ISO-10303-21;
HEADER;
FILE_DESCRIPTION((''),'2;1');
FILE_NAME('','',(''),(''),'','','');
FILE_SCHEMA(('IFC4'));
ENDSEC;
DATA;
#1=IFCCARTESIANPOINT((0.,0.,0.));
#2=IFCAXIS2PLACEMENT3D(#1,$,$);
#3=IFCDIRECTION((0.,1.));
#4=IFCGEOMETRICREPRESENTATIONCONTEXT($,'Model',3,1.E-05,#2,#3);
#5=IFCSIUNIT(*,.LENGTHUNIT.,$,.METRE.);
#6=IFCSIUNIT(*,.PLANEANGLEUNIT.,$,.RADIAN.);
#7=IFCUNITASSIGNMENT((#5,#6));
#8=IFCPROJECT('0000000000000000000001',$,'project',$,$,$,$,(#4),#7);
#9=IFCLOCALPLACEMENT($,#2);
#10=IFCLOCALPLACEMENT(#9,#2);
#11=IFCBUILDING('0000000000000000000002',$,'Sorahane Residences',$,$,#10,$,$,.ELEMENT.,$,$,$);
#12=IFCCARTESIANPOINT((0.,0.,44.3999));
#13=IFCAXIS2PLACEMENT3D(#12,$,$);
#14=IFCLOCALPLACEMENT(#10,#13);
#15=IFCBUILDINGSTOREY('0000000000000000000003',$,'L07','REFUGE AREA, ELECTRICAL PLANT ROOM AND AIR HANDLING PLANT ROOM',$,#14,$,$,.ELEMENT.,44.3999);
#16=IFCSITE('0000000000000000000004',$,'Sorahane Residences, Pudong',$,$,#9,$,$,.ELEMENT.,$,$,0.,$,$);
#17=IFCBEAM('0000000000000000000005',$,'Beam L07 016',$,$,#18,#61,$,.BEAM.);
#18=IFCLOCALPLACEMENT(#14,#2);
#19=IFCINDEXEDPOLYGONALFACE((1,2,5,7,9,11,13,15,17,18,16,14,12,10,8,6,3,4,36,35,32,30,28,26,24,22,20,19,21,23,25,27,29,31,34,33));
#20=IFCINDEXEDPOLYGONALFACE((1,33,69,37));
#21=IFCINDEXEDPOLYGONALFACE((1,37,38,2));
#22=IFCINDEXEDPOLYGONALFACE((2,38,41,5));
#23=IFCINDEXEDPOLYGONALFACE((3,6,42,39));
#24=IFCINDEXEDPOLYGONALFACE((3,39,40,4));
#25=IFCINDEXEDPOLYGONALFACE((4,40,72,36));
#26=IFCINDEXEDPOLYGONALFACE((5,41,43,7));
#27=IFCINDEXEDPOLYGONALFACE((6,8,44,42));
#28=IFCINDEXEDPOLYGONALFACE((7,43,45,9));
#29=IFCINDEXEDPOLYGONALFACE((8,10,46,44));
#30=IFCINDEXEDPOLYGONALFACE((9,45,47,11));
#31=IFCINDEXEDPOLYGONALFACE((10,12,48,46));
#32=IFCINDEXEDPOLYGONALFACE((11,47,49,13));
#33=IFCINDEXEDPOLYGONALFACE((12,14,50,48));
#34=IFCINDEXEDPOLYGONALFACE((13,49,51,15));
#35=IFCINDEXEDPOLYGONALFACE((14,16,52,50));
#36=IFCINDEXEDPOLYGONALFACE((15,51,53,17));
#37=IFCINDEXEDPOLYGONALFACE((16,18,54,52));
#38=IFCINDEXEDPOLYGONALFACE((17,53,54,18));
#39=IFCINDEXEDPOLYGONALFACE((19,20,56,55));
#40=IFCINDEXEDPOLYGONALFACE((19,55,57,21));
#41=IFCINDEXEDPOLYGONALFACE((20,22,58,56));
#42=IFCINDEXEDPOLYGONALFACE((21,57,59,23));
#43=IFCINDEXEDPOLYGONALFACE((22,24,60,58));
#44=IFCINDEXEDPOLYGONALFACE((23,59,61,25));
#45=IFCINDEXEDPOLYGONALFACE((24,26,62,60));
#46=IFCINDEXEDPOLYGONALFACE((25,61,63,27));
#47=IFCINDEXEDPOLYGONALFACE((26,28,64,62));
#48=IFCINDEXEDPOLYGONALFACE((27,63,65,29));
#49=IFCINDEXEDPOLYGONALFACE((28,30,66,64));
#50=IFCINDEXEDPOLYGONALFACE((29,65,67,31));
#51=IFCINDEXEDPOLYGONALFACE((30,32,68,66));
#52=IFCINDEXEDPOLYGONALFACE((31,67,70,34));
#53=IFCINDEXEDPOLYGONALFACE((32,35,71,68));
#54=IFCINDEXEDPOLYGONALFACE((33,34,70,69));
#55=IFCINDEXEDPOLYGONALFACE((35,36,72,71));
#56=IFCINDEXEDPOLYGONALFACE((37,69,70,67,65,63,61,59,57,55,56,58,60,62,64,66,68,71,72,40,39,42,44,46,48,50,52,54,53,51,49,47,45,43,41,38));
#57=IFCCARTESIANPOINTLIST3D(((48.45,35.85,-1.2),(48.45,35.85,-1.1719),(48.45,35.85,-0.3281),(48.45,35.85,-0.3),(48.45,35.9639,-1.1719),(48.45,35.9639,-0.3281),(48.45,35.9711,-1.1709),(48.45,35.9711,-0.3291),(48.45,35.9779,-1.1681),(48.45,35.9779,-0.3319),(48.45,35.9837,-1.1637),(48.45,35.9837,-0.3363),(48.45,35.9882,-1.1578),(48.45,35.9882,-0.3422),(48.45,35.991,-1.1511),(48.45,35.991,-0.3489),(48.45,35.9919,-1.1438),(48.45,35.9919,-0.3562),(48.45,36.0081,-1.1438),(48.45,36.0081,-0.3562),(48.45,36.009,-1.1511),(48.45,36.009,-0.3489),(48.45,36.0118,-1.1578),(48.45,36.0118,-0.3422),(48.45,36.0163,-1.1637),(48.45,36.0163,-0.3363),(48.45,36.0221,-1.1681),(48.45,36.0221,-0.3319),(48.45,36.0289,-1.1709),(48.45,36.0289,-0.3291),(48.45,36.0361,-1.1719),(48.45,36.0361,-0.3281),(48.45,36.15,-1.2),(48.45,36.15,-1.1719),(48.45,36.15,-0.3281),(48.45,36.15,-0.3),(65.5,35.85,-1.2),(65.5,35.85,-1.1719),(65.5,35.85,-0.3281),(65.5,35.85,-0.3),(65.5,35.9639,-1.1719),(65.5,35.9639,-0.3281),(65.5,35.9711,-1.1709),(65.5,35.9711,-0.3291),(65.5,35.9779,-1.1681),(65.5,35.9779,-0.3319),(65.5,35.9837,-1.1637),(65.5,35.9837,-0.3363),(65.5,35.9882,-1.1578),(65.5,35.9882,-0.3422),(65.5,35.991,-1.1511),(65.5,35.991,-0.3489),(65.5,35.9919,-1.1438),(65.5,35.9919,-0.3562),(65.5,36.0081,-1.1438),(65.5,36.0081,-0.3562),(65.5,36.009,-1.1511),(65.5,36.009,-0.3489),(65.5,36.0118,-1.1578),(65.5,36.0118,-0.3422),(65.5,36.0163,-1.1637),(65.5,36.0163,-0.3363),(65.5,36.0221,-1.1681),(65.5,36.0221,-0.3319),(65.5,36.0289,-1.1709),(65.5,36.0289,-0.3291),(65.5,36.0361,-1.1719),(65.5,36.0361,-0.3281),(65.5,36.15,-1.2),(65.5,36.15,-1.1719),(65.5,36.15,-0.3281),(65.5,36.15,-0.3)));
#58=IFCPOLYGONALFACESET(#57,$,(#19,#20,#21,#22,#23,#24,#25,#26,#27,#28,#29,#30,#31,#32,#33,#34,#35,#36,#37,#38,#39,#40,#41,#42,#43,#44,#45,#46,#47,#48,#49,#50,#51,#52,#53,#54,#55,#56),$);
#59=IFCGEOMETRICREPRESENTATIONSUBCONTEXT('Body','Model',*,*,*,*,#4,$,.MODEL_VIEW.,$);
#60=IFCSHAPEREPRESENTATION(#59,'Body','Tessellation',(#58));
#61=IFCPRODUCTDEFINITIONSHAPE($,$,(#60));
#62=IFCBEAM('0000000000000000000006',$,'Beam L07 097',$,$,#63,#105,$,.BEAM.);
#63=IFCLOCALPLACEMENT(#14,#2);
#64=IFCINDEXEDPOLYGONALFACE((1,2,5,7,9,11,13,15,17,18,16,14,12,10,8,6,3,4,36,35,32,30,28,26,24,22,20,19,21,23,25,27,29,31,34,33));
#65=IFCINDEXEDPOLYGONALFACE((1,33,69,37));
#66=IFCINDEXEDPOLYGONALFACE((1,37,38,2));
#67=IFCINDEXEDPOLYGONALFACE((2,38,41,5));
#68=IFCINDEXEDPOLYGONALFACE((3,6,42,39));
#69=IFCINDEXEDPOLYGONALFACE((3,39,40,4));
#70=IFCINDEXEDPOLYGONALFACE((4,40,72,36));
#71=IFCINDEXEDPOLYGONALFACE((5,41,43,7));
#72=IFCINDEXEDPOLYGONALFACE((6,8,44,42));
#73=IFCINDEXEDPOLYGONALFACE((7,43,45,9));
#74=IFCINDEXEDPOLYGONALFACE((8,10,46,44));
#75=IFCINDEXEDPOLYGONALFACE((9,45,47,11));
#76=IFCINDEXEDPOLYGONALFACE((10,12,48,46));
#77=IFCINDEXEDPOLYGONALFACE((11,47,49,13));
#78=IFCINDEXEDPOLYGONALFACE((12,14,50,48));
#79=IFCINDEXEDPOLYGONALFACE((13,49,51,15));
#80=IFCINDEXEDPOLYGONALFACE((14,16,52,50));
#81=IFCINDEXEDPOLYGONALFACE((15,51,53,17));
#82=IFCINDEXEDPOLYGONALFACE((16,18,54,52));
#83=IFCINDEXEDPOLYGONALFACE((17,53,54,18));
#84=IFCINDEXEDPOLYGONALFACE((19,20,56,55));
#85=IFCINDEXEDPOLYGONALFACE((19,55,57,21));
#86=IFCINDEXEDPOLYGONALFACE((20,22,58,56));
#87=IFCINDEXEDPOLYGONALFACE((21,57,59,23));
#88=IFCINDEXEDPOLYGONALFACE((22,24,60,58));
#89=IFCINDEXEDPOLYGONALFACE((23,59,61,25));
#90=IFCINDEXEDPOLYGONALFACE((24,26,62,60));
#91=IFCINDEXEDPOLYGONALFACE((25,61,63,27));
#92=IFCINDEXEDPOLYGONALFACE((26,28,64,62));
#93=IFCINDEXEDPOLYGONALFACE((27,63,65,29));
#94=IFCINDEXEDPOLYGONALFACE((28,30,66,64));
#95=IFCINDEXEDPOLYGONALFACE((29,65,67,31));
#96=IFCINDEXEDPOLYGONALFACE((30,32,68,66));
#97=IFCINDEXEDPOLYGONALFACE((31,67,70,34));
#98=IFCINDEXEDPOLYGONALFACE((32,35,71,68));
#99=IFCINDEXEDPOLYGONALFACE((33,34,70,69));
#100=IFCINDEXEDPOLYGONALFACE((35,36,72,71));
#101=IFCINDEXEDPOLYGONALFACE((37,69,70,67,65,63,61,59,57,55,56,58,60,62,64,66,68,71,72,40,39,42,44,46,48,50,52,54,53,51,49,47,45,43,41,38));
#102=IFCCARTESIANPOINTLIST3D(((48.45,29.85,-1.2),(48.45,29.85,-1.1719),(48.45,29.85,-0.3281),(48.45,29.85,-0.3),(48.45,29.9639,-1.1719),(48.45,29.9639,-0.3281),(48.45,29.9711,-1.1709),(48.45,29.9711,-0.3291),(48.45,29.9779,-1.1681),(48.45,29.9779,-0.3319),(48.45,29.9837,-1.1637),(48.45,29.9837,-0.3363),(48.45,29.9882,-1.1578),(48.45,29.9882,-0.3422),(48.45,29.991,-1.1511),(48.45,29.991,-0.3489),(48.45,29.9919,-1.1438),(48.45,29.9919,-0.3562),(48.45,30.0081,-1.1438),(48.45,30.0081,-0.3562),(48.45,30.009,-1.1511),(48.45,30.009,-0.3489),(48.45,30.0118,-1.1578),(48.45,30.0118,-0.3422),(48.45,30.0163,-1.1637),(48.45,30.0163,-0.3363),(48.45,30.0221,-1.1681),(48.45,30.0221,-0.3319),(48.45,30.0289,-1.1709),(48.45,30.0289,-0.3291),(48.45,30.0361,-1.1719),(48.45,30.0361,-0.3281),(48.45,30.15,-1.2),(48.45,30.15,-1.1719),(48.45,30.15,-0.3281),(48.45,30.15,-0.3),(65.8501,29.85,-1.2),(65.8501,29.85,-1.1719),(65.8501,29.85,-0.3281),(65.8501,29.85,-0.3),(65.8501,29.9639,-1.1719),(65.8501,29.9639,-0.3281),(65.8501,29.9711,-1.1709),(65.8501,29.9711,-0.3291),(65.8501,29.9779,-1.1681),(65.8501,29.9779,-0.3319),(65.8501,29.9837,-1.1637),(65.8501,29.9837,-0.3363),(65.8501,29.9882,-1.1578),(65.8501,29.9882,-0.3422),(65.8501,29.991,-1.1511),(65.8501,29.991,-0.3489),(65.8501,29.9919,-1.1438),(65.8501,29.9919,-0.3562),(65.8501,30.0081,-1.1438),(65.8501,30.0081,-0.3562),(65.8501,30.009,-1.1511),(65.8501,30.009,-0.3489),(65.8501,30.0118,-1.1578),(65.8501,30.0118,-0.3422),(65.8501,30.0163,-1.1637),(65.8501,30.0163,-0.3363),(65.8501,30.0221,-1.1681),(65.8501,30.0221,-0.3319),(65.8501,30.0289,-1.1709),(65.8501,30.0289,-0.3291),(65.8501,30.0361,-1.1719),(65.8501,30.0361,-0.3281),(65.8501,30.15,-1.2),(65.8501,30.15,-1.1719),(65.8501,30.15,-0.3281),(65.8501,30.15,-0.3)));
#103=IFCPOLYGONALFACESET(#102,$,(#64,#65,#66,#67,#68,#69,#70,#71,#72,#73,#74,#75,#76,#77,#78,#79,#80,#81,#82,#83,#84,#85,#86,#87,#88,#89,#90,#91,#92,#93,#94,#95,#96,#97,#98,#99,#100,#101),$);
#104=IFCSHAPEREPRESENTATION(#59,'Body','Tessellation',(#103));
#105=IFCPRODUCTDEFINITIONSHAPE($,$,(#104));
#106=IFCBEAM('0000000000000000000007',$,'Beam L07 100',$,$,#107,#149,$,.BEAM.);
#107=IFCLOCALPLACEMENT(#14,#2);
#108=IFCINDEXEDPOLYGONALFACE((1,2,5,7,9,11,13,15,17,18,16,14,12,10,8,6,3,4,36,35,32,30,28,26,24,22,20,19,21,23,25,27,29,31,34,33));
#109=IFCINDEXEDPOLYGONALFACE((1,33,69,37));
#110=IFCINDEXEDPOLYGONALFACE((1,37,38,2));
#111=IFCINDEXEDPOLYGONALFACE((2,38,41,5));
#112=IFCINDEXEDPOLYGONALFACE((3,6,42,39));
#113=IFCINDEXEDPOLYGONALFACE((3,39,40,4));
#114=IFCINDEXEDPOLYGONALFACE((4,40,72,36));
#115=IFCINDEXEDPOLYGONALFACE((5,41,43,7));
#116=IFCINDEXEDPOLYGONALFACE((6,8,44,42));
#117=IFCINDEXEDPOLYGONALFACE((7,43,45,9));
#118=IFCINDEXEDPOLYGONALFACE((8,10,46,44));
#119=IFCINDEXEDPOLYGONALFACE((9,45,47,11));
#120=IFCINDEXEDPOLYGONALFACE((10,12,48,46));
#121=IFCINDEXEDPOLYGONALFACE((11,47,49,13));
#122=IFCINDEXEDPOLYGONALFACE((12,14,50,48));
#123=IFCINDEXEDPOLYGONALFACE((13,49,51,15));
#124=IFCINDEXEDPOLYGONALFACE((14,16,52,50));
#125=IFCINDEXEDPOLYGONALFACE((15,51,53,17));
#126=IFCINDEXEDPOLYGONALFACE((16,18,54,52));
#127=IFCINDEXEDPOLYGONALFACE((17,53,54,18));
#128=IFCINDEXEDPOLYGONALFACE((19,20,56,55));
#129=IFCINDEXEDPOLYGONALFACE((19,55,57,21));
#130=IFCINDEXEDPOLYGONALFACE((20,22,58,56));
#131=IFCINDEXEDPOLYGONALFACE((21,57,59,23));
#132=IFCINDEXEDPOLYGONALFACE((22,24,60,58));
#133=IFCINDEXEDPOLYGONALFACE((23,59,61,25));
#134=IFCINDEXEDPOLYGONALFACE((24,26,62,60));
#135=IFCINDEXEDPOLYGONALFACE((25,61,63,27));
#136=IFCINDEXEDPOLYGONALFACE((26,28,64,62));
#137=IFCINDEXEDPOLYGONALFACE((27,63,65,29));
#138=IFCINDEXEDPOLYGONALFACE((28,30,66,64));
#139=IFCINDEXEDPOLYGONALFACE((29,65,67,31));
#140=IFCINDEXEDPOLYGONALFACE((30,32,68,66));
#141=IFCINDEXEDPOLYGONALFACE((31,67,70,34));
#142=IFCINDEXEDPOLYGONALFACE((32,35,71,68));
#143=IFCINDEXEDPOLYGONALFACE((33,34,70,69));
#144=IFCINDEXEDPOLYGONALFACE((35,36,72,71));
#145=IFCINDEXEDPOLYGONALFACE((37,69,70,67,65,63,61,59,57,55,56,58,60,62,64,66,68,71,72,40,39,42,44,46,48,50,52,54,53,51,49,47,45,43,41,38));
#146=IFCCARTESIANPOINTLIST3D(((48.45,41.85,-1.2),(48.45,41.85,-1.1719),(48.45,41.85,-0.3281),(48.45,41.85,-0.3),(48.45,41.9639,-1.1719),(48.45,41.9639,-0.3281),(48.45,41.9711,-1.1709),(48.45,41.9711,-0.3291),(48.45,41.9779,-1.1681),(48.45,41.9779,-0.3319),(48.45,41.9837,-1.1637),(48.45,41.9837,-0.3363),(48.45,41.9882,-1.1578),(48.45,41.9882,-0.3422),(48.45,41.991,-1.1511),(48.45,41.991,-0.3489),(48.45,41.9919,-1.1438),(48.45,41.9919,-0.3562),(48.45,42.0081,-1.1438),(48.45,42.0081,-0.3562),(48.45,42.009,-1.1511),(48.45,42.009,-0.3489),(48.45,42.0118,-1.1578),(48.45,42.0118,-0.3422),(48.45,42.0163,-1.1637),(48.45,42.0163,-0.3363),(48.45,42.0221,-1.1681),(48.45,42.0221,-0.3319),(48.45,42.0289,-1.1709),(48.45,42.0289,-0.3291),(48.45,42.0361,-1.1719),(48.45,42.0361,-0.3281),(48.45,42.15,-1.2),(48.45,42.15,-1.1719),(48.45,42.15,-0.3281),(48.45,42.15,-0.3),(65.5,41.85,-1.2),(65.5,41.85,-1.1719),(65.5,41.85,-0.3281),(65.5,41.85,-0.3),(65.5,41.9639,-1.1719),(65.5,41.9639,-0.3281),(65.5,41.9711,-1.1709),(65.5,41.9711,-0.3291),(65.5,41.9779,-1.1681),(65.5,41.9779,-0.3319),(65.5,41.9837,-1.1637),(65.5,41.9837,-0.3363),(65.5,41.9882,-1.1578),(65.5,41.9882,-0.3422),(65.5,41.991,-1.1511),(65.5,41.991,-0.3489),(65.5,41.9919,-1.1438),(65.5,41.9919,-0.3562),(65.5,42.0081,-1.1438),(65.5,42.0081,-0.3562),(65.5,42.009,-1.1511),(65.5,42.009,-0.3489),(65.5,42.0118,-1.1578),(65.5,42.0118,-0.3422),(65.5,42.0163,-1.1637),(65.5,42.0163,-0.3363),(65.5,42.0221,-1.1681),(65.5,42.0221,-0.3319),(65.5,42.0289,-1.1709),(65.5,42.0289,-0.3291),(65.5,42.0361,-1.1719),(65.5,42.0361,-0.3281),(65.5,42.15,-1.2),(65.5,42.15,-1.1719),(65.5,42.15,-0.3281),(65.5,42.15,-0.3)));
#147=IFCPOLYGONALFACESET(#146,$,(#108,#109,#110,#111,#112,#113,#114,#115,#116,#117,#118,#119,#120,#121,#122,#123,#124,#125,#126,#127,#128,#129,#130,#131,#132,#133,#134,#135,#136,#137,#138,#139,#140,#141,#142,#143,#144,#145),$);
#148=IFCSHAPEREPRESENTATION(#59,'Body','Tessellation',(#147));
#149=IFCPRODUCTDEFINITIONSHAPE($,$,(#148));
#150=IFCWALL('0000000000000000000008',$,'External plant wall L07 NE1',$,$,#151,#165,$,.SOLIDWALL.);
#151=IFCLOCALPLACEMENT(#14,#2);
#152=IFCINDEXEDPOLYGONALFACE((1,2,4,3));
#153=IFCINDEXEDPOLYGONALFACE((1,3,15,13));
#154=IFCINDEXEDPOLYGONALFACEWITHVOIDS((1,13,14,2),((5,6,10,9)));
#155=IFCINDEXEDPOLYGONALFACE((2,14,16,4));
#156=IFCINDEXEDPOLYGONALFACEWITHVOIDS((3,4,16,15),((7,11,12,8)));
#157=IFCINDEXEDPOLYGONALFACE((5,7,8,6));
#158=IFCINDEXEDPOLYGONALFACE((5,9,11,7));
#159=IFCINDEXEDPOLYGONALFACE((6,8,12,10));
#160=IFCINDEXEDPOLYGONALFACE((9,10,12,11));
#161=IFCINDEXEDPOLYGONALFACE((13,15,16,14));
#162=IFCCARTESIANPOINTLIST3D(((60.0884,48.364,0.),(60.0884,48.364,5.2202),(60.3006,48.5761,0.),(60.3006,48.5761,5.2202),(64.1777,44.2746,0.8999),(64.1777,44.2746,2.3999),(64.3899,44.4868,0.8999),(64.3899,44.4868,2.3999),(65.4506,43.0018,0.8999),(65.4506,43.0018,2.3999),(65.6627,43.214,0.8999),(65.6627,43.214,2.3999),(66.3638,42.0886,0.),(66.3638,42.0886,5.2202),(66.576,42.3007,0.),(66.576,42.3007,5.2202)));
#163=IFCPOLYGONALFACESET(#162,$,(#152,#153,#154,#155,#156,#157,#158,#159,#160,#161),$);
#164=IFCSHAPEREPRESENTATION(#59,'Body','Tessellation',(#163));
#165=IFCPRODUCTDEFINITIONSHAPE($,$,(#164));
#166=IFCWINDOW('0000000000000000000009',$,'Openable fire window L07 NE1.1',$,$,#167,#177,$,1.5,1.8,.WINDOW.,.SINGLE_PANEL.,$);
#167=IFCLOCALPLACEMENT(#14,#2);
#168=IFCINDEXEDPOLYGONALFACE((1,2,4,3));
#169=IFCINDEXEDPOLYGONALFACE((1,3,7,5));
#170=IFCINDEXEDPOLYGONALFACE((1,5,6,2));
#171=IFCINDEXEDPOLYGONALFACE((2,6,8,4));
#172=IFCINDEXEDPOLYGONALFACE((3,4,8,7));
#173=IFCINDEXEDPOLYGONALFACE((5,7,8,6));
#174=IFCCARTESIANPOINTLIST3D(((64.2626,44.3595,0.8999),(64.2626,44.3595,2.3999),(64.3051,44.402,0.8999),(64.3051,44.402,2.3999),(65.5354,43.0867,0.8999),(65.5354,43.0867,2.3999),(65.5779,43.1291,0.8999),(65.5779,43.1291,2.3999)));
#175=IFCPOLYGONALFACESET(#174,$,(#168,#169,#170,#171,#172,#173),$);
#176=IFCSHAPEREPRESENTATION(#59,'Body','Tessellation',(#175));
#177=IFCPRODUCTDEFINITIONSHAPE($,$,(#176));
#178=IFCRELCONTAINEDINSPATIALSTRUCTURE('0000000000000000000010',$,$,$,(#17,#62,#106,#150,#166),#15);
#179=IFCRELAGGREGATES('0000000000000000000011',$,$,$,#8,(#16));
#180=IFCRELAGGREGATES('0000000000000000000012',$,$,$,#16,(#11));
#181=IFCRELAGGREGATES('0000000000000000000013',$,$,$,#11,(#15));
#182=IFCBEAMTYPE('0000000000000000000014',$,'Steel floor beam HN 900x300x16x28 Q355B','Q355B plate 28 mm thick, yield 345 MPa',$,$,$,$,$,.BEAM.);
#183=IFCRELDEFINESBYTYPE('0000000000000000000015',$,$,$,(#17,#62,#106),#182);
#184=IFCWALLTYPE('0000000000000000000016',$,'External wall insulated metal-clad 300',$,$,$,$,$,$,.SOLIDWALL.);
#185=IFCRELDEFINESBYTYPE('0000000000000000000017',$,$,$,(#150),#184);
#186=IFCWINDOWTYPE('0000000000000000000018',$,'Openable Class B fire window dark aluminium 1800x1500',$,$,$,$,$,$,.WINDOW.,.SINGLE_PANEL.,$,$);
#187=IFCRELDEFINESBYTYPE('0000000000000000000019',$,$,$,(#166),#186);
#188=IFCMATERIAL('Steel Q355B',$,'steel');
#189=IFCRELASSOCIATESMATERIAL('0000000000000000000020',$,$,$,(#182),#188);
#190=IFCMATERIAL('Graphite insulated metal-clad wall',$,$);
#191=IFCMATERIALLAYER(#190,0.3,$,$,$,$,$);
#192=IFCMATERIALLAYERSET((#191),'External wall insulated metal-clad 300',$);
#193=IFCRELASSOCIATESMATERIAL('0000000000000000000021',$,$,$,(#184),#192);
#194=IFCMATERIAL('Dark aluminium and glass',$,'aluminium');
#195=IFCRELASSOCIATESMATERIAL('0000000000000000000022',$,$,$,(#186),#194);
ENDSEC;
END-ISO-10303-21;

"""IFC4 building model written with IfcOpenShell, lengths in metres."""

from ifc_helpers import new_model, si_unit, direction, frame, frame_2d, origin, origin_2d, place, context, subcontext, project, spatial, rectangle, i_section, extrude, material, layer, layer_set, material_profile, profile_set, type_object, element, fill, save


model = new_model("IFC4")

# Units and contexts
model_context = context("Model", 3, precision=1e-05, world=origin(), true_north=direction((0.0, 1.0)))
body_context = subcontext(model_context, "Body", "Model", "MODEL_VIEW")
ifc_project = project(units=[si_unit("LENGTHUNIT", "METRE"), si_unit("PLANEANGLEUNIT", "RADIAN")], contexts=[model_context])

# Site, building, storey
site_placement = place(None, origin())
site = spatial("IfcSite", under=ifc_project, at=site_placement, Name="Sorahane Residences, Pudong", CompositionType="ELEMENT", RefElevation=0.0)
building_placement = place(site_placement, origin())
building = spatial("IfcBuilding", under=site, at=building_placement, Name="Sorahane Residences", CompositionType="ELEMENT")
storey_placement = place(building_placement, frame((0.0, 0.0, 44.3999)))
storey = spatial("IfcBuildingStorey", under=building, at=storey_placement, Name="L07", Description="REFUGE AREA, ELECTRICAL PLANT ROOM AND AIR HANDLING PLANT ROOM", CompositionType="ELEMENT", Elevation=44.3999)

# Beams
ifc_material_1 = material(Name="Steel Q355B", Category="steel")
ifc_material_profile_1 = material_profile(ifc_material_1, i_section(OverallWidth=0.3, OverallDepth=0.8999, WebThickness=0.0161, FlangeThickness=0.0281, FilletRadius=0.0281, at=origin_2d()), Name="HN 900x300x16x28")
ifc_profile_set_1 = profile_set([ifc_material_profile_1], Name="Steel Q355B")
beam_type_1 = type_object("IfcBeamType", Name="Steel floor beam HN 900x300x16x28 Q355B", Description="Q355B plate 28 mm thick, yield 345 MPa", PredefinedType="BEAM", material=ifc_profile_set_1)
beam_1_placement = place(storey_placement, frame((48.45, 36.0, -0.75), z_axis=(1.0, 0.0, 0.0), x_axis=(0.0, 1.0, 0.0)))
element("IfcBeam", 1, at=beam_1_placement, inside=storey, type_object=beam_type_1, Name="Beam L07 016", PredefinedType="BEAM", context=body_context, shape_type="SweptSolid", body=[
    extrude(i_section(OverallWidth=0.3, OverallDepth=0.8999, WebThickness=0.0161, FlangeThickness=0.0281, FilletRadius=0.0281, at=origin_2d()), origin(), (0.0, 0.0, 1.0), 17.05),
])
beam_2_placement = place(storey_placement, frame((48.45, 30.0, -0.75), z_axis=(1.0, 0.0, 0.0), x_axis=(0.0, 1.0, 0.0)))
element("IfcBeam", 2, at=beam_2_placement, inside=storey, type_object=beam_type_1, Name="Beam L07 097", PredefinedType="BEAM", context=body_context, shape_type="SweptSolid", body=[
    extrude(i_section(OverallWidth=0.3, OverallDepth=0.8999, WebThickness=0.0161, FlangeThickness=0.0281, FilletRadius=0.0281, at=origin_2d()), origin(), (0.0, 0.0, 1.0), 17.4001),
])
beam_3_placement = place(storey_placement, frame((48.45, 42.0, -0.75), z_axis=(1.0, 0.0, 0.0), x_axis=(0.0, 1.0, 0.0)))
element("IfcBeam", 3, at=beam_3_placement, inside=storey, type_object=beam_type_1, Name="Beam L07 100", PredefinedType="BEAM", context=body_context, shape_type="SweptSolid", body=[
    extrude(i_section(OverallWidth=0.3, OverallDepth=0.8999, WebThickness=0.0161, FlangeThickness=0.0281, FilletRadius=0.0281, at=origin_2d()), origin(), (0.0, 0.0, 1.0), 17.05),
])

# Wall, opening, window
ifc_material_2 = material(Name="Graphite insulated metal-clad wall")
ifc_layer_1 = layer(ifc_material_2, 0.3)
ifc_layer_set_1 = layer_set([ifc_layer_1], Name="External wall insulated metal-clad 300")
wall_type_1 = type_object("IfcWallType", Name="External wall insulated metal-clad 300", PredefinedType="SOLIDWALL", material=ifc_layer_set_1)
wall_1_placement = place(storey_placement, frame((66.47, 42.1946, 0.0), z_axis=(0.0, 0.0, 1.0), x_axis=(-0.707107, 0.707107, 0.0)))
wall_1 = element("IfcWall", 4, at=wall_1_placement, inside=storey, type_object=wall_type_1, Name="External plant wall L07 NE1", PredefinedType="SOLIDWALL", context=body_context, shape_type="SweptSolid", body=[
    extrude(rectangle(XDim=8.8748, YDim=0.3, at=frame_2d((4.4375, 0.0))), origin(), (0.0, 0.0, 1.0), 5.2202),
])
opening_1_placement = place(wall_1_placement, frame((1.2917, 0.0, 0.8999)))
opening_1 = element("IfcOpeningElement", 5, at=opening_1_placement, cuts=wall_1, PredefinedType="OPENING", context=body_context, shape_type="SweptSolid", body=[
    extrude(rectangle(XDim=1.8, YDim=1.5, at=frame_2d((0.8999, 0.75))), frame((0.0, 0.1599, 0.0), z_axis=(0.0, -1.0, 0.0), x_axis=(1.0, 0.0, 0.0)), (0.0, 0.0, 1.0), 0.3201),
])
ifc_material_3 = material(Name="Dark aluminium and glass", Category="aluminium")
window_type = type_object("IfcWindowType", Name="Openable Class B fire window dark aluminium 1800x1500", PartitioningType="SINGLE_PANEL", PredefinedType="WINDOW", material=ifc_material_3)
window_1_placement = place(opening_1_placement, origin())
window_1 = element("IfcWindow", 6, at=window_1_placement, inside=storey, type_object=window_type, Name="Openable fire window L07 NE1.1", OverallHeight=1.5, OverallWidth=1.8, PartitioningType="SINGLE_PANEL", PredefinedType="WINDOW", context=body_context, shape_type="SweptSolid", body=[
    extrude(rectangle(XDim=1.8, YDim=1.5, at=frame_2d((0.8999, 0.75))), frame((0.0, 0.03, 0.0), z_axis=(0.0, -1.0, 0.0), x_axis=(1.0, 0.0, 0.0)), (0.0, 0.0, 1.0), 0.0601),
])
fill(opening_1, window_1)

save(model, "model.ifc")
